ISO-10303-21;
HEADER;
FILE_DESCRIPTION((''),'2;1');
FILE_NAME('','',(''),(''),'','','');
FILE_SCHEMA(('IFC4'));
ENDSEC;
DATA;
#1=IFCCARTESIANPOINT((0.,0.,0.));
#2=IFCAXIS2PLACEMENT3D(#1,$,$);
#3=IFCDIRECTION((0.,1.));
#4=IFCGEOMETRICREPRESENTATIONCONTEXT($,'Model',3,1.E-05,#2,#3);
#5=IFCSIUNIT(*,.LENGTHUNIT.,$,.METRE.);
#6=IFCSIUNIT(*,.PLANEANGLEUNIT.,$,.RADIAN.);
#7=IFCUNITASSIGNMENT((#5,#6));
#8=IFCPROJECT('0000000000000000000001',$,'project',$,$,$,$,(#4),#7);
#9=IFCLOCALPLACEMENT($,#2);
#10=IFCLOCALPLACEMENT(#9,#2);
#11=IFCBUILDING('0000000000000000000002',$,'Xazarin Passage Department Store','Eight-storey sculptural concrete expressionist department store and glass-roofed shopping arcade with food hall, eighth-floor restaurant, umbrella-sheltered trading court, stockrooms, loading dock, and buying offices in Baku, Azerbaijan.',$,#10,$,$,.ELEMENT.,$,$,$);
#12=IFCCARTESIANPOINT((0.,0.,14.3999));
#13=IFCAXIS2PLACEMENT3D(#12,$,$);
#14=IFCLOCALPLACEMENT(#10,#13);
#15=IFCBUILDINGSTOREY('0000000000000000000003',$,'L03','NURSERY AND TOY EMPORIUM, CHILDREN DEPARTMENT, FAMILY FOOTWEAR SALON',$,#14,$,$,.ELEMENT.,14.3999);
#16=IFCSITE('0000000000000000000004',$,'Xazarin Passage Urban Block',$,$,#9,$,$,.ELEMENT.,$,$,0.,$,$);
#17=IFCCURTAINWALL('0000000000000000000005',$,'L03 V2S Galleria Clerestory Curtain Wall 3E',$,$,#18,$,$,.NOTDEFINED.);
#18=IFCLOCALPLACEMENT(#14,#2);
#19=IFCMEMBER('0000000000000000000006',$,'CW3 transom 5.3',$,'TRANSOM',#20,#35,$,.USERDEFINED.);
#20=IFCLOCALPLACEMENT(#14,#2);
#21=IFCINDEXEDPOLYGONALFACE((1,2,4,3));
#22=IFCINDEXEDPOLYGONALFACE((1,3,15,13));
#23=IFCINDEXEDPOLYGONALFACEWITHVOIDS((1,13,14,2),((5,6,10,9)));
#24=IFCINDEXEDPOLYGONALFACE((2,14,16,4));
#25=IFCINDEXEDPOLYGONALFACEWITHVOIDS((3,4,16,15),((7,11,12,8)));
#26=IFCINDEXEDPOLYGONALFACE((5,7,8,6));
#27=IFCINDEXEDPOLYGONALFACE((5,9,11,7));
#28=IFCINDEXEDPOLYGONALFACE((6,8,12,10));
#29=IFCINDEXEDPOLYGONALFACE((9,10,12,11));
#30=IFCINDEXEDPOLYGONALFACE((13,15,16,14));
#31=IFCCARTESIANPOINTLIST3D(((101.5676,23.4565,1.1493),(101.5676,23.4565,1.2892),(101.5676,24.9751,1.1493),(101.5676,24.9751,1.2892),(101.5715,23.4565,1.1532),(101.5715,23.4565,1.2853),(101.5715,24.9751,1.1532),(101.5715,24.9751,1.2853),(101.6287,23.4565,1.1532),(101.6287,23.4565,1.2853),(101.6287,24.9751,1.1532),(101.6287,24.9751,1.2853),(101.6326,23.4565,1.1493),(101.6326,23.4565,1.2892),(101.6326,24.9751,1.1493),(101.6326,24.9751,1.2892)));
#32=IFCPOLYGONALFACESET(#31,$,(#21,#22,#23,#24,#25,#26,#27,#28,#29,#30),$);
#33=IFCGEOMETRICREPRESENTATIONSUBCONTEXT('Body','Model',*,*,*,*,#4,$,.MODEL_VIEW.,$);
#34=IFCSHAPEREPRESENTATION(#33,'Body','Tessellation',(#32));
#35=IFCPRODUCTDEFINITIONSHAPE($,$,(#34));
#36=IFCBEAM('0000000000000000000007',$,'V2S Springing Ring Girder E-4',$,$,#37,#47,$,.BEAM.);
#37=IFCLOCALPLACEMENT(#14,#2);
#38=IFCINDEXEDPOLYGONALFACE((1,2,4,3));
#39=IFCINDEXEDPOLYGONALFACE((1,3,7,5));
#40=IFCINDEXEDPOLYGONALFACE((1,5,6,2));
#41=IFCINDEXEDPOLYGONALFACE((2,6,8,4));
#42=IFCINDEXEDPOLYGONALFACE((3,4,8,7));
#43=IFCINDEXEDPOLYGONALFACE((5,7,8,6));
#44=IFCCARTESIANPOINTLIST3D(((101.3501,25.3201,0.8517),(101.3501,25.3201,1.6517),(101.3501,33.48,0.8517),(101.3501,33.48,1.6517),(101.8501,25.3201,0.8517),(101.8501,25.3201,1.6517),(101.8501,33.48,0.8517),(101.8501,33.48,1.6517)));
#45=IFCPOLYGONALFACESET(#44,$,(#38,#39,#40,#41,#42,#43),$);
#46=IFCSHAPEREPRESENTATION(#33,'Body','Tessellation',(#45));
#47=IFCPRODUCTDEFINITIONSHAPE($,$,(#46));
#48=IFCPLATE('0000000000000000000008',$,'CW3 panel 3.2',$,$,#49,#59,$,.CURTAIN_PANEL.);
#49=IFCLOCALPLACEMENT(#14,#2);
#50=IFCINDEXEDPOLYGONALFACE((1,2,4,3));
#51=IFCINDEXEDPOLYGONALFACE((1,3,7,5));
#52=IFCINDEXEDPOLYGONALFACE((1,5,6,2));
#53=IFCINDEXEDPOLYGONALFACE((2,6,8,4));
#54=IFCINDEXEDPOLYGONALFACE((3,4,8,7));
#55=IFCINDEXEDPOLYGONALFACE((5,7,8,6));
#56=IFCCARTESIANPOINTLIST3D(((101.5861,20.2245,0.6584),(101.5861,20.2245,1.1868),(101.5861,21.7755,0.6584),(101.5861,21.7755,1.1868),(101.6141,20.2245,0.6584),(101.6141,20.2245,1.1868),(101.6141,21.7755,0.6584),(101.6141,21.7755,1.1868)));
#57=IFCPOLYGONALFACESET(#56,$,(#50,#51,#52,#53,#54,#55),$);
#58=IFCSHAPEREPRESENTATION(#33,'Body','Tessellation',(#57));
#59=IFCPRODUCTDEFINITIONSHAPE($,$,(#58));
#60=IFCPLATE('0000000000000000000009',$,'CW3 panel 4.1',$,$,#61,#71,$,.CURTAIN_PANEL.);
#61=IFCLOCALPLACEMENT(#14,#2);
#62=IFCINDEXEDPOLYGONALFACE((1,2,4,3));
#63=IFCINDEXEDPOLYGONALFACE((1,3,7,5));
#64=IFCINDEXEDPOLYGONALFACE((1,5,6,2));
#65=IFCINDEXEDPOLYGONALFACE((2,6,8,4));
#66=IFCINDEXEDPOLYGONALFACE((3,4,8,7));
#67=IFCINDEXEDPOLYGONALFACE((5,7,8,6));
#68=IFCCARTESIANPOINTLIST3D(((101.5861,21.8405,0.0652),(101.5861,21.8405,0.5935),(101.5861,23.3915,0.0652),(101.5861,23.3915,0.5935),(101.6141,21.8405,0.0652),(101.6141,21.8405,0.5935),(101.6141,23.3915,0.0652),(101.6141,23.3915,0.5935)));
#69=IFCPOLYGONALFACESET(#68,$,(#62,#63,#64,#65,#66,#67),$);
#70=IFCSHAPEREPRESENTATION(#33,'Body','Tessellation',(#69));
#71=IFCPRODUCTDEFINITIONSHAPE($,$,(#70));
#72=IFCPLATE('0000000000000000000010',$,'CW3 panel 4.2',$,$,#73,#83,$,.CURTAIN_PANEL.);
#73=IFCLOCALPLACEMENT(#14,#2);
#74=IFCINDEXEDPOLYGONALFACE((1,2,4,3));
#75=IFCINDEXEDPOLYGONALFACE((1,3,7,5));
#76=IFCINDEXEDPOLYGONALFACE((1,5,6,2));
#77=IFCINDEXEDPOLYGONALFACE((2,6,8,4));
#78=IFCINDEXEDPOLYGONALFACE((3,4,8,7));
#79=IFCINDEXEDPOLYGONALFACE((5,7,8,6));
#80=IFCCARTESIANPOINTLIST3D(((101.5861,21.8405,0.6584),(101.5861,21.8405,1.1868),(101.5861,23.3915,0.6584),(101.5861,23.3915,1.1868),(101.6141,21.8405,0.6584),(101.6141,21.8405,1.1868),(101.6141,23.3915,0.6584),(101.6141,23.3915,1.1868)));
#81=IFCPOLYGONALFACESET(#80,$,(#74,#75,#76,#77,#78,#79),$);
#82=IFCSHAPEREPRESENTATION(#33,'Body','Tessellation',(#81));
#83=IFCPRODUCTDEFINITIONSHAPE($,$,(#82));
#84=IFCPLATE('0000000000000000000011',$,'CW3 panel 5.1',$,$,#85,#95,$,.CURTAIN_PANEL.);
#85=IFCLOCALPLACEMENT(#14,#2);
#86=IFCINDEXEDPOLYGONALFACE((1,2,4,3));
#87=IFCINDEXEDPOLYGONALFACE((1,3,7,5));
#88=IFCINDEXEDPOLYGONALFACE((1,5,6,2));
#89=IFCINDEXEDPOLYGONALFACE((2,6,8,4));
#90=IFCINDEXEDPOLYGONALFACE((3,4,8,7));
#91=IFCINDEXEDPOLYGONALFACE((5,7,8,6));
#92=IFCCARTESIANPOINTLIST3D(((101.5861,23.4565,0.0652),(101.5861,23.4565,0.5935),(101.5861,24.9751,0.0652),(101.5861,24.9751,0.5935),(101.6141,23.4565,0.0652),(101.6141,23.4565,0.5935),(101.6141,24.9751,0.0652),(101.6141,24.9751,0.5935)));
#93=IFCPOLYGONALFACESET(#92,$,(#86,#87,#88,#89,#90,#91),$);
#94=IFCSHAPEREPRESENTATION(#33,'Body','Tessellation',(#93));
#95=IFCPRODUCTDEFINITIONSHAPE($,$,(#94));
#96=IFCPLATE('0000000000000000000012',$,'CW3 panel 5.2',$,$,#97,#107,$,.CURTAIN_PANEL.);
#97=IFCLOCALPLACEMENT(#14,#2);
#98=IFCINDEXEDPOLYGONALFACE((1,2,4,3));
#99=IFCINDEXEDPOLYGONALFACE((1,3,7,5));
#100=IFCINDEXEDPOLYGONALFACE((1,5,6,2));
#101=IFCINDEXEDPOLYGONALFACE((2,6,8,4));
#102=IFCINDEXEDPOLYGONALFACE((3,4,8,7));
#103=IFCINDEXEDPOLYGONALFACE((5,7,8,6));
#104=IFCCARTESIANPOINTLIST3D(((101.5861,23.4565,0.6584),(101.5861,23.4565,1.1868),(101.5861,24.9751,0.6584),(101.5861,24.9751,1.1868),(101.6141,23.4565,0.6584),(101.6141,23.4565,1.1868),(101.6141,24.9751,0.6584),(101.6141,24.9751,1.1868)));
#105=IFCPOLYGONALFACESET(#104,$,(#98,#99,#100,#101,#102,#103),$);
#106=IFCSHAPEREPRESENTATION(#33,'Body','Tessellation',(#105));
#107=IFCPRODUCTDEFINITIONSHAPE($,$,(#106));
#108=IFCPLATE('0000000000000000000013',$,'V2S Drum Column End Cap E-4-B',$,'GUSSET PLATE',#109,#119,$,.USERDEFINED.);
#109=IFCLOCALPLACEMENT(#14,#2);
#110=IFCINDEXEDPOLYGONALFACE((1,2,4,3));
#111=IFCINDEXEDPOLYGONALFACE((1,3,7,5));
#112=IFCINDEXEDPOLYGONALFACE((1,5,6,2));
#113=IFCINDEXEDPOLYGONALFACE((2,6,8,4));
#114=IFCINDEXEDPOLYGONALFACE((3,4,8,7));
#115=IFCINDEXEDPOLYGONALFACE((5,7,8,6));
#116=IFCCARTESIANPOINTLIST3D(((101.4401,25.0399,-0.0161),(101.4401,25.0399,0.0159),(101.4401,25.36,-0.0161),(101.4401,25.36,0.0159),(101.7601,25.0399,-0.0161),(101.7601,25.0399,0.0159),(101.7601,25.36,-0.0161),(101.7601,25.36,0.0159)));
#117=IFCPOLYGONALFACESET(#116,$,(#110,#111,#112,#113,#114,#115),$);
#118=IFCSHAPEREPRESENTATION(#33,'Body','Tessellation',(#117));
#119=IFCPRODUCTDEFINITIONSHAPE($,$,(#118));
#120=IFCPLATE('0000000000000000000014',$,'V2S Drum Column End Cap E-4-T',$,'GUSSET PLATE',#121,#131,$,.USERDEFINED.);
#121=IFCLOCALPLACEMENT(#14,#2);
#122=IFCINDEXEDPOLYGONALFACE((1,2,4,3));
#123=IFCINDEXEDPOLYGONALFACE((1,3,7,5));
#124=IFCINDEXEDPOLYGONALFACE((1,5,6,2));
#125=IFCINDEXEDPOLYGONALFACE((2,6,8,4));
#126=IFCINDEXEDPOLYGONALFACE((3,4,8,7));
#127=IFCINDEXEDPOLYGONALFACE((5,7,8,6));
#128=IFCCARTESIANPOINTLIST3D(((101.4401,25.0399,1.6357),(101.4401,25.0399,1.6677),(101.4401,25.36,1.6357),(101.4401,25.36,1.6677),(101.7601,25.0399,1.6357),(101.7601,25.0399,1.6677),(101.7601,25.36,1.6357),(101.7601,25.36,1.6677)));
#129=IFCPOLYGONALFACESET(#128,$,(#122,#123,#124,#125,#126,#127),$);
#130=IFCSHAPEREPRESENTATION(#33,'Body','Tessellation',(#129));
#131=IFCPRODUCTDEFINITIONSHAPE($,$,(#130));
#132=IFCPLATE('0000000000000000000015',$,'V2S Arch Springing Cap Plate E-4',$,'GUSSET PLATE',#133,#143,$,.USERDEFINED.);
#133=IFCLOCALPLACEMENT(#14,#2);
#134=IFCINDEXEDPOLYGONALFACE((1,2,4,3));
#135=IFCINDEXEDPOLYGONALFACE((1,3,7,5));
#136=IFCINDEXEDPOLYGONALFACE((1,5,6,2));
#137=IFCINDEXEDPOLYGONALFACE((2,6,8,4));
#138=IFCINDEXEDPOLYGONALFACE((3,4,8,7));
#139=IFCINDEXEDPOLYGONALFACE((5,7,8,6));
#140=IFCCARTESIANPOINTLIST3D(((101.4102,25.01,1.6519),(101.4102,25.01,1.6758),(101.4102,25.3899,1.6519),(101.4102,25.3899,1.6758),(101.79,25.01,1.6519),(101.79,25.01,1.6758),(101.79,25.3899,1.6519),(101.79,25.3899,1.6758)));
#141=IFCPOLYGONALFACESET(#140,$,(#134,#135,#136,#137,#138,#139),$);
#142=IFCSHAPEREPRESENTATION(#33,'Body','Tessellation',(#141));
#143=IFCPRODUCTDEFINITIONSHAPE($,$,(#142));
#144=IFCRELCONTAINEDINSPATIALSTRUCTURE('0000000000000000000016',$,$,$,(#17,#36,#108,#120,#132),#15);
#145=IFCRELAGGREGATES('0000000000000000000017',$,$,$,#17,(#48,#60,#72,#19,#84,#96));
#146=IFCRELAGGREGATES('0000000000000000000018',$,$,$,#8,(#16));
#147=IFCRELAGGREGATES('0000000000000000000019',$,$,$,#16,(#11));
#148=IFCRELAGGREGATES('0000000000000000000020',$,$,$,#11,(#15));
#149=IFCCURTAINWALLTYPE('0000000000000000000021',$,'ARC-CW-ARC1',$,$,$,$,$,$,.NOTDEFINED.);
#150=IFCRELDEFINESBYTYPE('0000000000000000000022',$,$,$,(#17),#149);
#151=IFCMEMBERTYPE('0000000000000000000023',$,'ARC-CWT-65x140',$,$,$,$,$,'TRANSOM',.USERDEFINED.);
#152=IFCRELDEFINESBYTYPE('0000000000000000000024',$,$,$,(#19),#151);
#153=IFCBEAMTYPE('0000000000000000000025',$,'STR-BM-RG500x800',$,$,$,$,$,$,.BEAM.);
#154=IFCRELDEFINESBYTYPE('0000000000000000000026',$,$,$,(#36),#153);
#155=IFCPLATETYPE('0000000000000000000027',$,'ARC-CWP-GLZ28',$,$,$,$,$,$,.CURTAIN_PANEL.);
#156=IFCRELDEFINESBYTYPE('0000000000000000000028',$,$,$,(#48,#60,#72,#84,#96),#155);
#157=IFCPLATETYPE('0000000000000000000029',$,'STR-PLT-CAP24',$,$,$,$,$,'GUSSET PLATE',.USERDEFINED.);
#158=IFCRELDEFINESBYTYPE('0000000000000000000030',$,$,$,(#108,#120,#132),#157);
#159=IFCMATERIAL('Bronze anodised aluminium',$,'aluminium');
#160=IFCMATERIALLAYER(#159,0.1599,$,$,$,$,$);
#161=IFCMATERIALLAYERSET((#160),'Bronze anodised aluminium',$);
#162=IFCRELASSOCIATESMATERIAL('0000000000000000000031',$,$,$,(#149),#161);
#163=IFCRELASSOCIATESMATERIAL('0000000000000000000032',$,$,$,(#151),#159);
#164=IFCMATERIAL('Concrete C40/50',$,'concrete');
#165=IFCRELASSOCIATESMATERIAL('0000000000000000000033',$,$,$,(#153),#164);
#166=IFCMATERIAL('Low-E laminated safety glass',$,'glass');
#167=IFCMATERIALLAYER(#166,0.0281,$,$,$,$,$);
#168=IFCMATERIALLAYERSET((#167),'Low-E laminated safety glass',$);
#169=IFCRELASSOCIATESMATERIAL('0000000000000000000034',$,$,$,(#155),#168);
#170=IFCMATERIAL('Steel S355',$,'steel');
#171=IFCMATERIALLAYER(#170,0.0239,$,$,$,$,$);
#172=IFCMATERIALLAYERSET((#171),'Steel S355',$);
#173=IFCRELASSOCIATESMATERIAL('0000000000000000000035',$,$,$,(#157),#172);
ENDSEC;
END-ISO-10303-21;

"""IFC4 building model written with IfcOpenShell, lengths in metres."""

from ifc_helpers import new_model, si_unit, direction, frame, origin, origin_2d, place, context, subcontext, project, spatial, rectangle, hollow_rectangle, extrude, material, layer, layer_set, material_profile, profile_set, type_object, element, aggregate, save


model = new_model("IFC4")

# Units and contexts
model_context = context("Model", 3, precision=1e-05, world=origin(), true_north=direction((0.0, 1.0)))
body_context = subcontext(model_context, "Body", "Model", "MODEL_VIEW")
ifc_project = project(units=[si_unit("LENGTHUNIT", "METRE"), si_unit("PLANEANGLEUNIT", "RADIAN")], contexts=[model_context])

# Site, building, storey
site_placement = place(None, origin())
site = spatial("IfcSite", under=ifc_project, at=site_placement, Name="Xazarin Passage Urban Block", CompositionType="ELEMENT", RefElevation=0.0)
building_placement = place(site_placement, origin())
building = spatial("IfcBuilding", under=site, at=building_placement, Name="Xazarin Passage Department Store", Description="Eight-storey sculptural concrete expressionist department store and glass-roofed shopping arcade with food hall, eighth-floor restaurant, umbrella-sheltered trading court, stockrooms, loading dock, and buying offices in Baku, Azerbaijan.", CompositionType="ELEMENT")
storey_placement = place(building_placement, frame((0.0, 0.0, 14.3999)))
storey = spatial("IfcBuildingStorey", under=building, at=storey_placement, Name="L03", Description="NURSERY AND TOY EMPORIUM, CHILDREN DEPARTMENT, FAMILY FOOTWEAR SALON", CompositionType="ELEMENT", Elevation=14.3999)

# Shared definitions
ifc_material_1 = material(Name="Steel S355", Category="steel")

# Curtain wall
ifc_material_2 = material(Name="Bronze anodised aluminium", Category="aluminium")
ifc_layer_1 = layer(ifc_material_2, 0.1599)
ifc_layer_set_1 = layer_set([ifc_layer_1], Name="Bronze anodised aluminium")
curtain_wall_type = type_object("IfcCurtainWallType", Name="ARC-CW-ARC1", PredefinedType="NOTDEFINED", material=ifc_layer_set_1)
curtain_wall_1_placement = place(storey_placement, origin())
curtain_wall_1 = element("IfcCurtainWall", 1, at=curtain_wall_1_placement, inside=storey, type_object=curtain_wall_type, Name="L03 V2S Galleria Clerestory Curtain Wall 3E", PredefinedType="NOTDEFINED")

# Member
ifc_material_profile_1 = material_profile(ifc_material_2, hollow_rectangle(XDim=0.0649, YDim=0.1399, WallThickness=0.0039, at=origin_2d()), Name="ALU 65x140")
ifc_profile_set_1 = profile_set([ifc_material_profile_1], Name="Bronze anodised aluminium")
member_type_1 = type_object("IfcMemberType", Name="ARC-CWT-65x140", ElementType="TRANSOM", PredefinedType="USERDEFINED", material=ifc_profile_set_1)
member_1_placement = place(storey_placement, frame((101.6001, 23.4565, 1.2192), z_axis=(0.0, 1.0, 0.0), x_axis=(-1.0, 0.0, 0.0)))
member_1 = element("IfcMember", 2, at=member_1_placement, type_object=member_type_1, Name="CW3 transom 5.3", ObjectType="TRANSOM", PredefinedType="USERDEFINED", context=body_context, shape_type="SweptSolid", body=[
    extrude(hollow_rectangle(XDim=0.0649, YDim=0.1399, WallThickness=0.0039, at=origin_2d()), origin(), (0.0, 0.0, 1.0), 1.5186),
])

# Beam
ifc_material_3 = material(Name="Concrete C40/50", Category="concrete")
ifc_material_profile_2 = material_profile(ifc_material_3, rectangle(XDim=0.5, YDim=0.8, at=origin_2d()), Name="RC 500x800")
ifc_profile_set_2 = profile_set([ifc_material_profile_2], Name="Concrete C40/50")
beam_type = type_object("IfcBeamType", Name="STR-BM-RG500x800", PredefinedType="BEAM", material=ifc_profile_set_2)
beam_placement = place(storey_placement, frame((101.6001, 25.3201, 1.2517), z_axis=(0.0, 1.0, 0.0), x_axis=(-1.0, 0.0, 0.0)))
element("IfcBeam", 3, at=beam_placement, inside=storey, type_object=beam_type, Name="V2S Springing Ring Girder E-4", PredefinedType="BEAM", context=body_context, shape_type="SweptSolid", body=[
    extrude(rectangle(XDim=0.5, YDim=0.8, at=origin_2d()), origin(), (0.0, 0.0, 1.0), 8.1599),
])

# Plates
ifc_material_4 = material(Name="Low-E laminated safety glass", Category="glass")
ifc_layer_2 = layer(ifc_material_4, 0.0281)
ifc_layer_set_2 = layer_set([ifc_layer_2], Name="Low-E laminated safety glass")
plate_type_1 = type_object("IfcPlateType", Name="ARC-CWP-GLZ28", PredefinedType="CURTAIN_PANEL", material=ifc_layer_set_2)
plate_1_placement = place(storey_placement, frame((101.6001, 21.0, 0.6584), z_axis=(0.0, 0.0, 1.0), x_axis=(0.0, 1.0, 0.0)))
plate_1 = element("IfcPlate", 4, at=plate_1_placement, type_object=plate_type_1, Name="CW3 panel 3.2", PredefinedType="CURTAIN_PANEL", context=body_context, shape_type="SweptSolid", body=[
    extrude(rectangle(XDim=1.551, YDim=0.0281, at=origin_2d()), origin(), (0.0, 0.0, 1.0), 0.5283),
])
plate_2_placement = place(storey_placement, frame((101.6001, 22.616, 0.0652), z_axis=(0.0, 0.0, 1.0), x_axis=(0.0, 1.0, 0.0)))
plate_2 = element("IfcPlate", 5, at=plate_2_placement, type_object=plate_type_1, Name="CW3 panel 4.1", PredefinedType="CURTAIN_PANEL", context=body_context, shape_type="SweptSolid", body=[
    extrude(rectangle(XDim=1.551, YDim=0.0281, at=origin_2d()), origin(), (0.0, 0.0, 1.0), 0.5283),
])
plate_3_placement = place(storey_placement, frame((101.6001, 22.616, 0.6584), z_axis=(0.0, 0.0, 1.0), x_axis=(0.0, 1.0, 0.0)))
plate_3 = element("IfcPlate", 6, at=plate_3_placement, type_object=plate_type_1, Name="CW3 panel 4.2", PredefinedType="CURTAIN_PANEL", context=body_context, shape_type="SweptSolid", body=[
    extrude(rectangle(XDim=1.551, YDim=0.0281, at=origin_2d()), origin(), (0.0, 0.0, 1.0), 0.5283),
])
plate_4_placement = place(storey_placement, frame((101.6001, 24.2158, 0.0652), z_axis=(0.0, 0.0, 1.0), x_axis=(0.0, 1.0, 0.0)))
plate_4 = element("IfcPlate", 7, at=plate_4_placement, type_object=plate_type_1, Name="CW3 panel 5.1", PredefinedType="CURTAIN_PANEL", context=body_context, shape_type="SweptSolid", body=[
    extrude(rectangle(XDim=1.5186, YDim=0.0281, at=origin_2d()), origin(), (0.0, 0.0, 1.0), 0.5283),
])
plate_5_placement = place(storey_placement, frame((101.6001, 24.2158, 0.6584), z_axis=(0.0, 0.0, 1.0), x_axis=(0.0, 1.0, 0.0)))
plate_5 = element("IfcPlate", 8, at=plate_5_placement, type_object=plate_type_1, Name="CW3 panel 5.2", PredefinedType="CURTAIN_PANEL", context=body_context, shape_type="SweptSolid", body=[
    extrude(rectangle(XDim=1.5186, YDim=0.0281, at=origin_2d()), origin(), (0.0, 0.0, 1.0), 0.5283),
])
aggregate(curtain_wall_1, [plate_1, plate_2, plate_3, member_1, plate_4, plate_5])

# Plates
ifc_layer_3 = layer(ifc_material_1, 0.0239)
ifc_layer_set_3 = layer_set([ifc_layer_3], Name="Steel S355")
plate_type_2 = type_object("IfcPlateType", Name="STR-PLT-CAP24", ElementType="GUSSET PLATE", PredefinedType="USERDEFINED", material=ifc_layer_set_3)
for number, where, z_axis, x_axis, name in (
    (9, (101.6001, 25.2, -0.0161), (0.0, 0.0, 1.0), (1.0, 0.0, 0.0), "V2S Drum Column End Cap E-4-B"),
    (10, (101.6001, 25.2, 1.6357), (0.0, 0.0, 1.0), (1.0, 0.0, 0.0), "V2S Drum Column End Cap E-4-T"),
):
    element("IfcPlate", number, at=place(storey_placement, frame(where, z_axis=z_axis, x_axis=x_axis)), inside=storey, type_object=plate_type_2, Name=name, ObjectType="GUSSET PLATE", PredefinedType="USERDEFINED", context=body_context, shape_type="SweptSolid", body=[
        extrude(rectangle(XDim=0.3201, YDim=0.3201, at=origin_2d()), origin(), (0.0, 0.0, 1.0), 0.032),
    ])
plate_6_placement = place(storey_placement, frame((101.6001, 25.2, 1.6519), z_axis=(0.0, 0.0, 1.0), x_axis=(1.0, 0.0, 0.0)))
element("IfcPlate", 11, at=plate_6_placement, inside=storey, type_object=plate_type_2, Name="V2S Arch Springing Cap Plate E-4", ObjectType="GUSSET PLATE", PredefinedType="USERDEFINED", context=body_context, shape_type="SweptSolid", body=[
    extrude(rectangle(XDim=0.3799, YDim=0.3799, at=origin_2d()), origin(), (0.0, 0.0, 1.0), 0.0239),
])

save(model, "model.ifc")
